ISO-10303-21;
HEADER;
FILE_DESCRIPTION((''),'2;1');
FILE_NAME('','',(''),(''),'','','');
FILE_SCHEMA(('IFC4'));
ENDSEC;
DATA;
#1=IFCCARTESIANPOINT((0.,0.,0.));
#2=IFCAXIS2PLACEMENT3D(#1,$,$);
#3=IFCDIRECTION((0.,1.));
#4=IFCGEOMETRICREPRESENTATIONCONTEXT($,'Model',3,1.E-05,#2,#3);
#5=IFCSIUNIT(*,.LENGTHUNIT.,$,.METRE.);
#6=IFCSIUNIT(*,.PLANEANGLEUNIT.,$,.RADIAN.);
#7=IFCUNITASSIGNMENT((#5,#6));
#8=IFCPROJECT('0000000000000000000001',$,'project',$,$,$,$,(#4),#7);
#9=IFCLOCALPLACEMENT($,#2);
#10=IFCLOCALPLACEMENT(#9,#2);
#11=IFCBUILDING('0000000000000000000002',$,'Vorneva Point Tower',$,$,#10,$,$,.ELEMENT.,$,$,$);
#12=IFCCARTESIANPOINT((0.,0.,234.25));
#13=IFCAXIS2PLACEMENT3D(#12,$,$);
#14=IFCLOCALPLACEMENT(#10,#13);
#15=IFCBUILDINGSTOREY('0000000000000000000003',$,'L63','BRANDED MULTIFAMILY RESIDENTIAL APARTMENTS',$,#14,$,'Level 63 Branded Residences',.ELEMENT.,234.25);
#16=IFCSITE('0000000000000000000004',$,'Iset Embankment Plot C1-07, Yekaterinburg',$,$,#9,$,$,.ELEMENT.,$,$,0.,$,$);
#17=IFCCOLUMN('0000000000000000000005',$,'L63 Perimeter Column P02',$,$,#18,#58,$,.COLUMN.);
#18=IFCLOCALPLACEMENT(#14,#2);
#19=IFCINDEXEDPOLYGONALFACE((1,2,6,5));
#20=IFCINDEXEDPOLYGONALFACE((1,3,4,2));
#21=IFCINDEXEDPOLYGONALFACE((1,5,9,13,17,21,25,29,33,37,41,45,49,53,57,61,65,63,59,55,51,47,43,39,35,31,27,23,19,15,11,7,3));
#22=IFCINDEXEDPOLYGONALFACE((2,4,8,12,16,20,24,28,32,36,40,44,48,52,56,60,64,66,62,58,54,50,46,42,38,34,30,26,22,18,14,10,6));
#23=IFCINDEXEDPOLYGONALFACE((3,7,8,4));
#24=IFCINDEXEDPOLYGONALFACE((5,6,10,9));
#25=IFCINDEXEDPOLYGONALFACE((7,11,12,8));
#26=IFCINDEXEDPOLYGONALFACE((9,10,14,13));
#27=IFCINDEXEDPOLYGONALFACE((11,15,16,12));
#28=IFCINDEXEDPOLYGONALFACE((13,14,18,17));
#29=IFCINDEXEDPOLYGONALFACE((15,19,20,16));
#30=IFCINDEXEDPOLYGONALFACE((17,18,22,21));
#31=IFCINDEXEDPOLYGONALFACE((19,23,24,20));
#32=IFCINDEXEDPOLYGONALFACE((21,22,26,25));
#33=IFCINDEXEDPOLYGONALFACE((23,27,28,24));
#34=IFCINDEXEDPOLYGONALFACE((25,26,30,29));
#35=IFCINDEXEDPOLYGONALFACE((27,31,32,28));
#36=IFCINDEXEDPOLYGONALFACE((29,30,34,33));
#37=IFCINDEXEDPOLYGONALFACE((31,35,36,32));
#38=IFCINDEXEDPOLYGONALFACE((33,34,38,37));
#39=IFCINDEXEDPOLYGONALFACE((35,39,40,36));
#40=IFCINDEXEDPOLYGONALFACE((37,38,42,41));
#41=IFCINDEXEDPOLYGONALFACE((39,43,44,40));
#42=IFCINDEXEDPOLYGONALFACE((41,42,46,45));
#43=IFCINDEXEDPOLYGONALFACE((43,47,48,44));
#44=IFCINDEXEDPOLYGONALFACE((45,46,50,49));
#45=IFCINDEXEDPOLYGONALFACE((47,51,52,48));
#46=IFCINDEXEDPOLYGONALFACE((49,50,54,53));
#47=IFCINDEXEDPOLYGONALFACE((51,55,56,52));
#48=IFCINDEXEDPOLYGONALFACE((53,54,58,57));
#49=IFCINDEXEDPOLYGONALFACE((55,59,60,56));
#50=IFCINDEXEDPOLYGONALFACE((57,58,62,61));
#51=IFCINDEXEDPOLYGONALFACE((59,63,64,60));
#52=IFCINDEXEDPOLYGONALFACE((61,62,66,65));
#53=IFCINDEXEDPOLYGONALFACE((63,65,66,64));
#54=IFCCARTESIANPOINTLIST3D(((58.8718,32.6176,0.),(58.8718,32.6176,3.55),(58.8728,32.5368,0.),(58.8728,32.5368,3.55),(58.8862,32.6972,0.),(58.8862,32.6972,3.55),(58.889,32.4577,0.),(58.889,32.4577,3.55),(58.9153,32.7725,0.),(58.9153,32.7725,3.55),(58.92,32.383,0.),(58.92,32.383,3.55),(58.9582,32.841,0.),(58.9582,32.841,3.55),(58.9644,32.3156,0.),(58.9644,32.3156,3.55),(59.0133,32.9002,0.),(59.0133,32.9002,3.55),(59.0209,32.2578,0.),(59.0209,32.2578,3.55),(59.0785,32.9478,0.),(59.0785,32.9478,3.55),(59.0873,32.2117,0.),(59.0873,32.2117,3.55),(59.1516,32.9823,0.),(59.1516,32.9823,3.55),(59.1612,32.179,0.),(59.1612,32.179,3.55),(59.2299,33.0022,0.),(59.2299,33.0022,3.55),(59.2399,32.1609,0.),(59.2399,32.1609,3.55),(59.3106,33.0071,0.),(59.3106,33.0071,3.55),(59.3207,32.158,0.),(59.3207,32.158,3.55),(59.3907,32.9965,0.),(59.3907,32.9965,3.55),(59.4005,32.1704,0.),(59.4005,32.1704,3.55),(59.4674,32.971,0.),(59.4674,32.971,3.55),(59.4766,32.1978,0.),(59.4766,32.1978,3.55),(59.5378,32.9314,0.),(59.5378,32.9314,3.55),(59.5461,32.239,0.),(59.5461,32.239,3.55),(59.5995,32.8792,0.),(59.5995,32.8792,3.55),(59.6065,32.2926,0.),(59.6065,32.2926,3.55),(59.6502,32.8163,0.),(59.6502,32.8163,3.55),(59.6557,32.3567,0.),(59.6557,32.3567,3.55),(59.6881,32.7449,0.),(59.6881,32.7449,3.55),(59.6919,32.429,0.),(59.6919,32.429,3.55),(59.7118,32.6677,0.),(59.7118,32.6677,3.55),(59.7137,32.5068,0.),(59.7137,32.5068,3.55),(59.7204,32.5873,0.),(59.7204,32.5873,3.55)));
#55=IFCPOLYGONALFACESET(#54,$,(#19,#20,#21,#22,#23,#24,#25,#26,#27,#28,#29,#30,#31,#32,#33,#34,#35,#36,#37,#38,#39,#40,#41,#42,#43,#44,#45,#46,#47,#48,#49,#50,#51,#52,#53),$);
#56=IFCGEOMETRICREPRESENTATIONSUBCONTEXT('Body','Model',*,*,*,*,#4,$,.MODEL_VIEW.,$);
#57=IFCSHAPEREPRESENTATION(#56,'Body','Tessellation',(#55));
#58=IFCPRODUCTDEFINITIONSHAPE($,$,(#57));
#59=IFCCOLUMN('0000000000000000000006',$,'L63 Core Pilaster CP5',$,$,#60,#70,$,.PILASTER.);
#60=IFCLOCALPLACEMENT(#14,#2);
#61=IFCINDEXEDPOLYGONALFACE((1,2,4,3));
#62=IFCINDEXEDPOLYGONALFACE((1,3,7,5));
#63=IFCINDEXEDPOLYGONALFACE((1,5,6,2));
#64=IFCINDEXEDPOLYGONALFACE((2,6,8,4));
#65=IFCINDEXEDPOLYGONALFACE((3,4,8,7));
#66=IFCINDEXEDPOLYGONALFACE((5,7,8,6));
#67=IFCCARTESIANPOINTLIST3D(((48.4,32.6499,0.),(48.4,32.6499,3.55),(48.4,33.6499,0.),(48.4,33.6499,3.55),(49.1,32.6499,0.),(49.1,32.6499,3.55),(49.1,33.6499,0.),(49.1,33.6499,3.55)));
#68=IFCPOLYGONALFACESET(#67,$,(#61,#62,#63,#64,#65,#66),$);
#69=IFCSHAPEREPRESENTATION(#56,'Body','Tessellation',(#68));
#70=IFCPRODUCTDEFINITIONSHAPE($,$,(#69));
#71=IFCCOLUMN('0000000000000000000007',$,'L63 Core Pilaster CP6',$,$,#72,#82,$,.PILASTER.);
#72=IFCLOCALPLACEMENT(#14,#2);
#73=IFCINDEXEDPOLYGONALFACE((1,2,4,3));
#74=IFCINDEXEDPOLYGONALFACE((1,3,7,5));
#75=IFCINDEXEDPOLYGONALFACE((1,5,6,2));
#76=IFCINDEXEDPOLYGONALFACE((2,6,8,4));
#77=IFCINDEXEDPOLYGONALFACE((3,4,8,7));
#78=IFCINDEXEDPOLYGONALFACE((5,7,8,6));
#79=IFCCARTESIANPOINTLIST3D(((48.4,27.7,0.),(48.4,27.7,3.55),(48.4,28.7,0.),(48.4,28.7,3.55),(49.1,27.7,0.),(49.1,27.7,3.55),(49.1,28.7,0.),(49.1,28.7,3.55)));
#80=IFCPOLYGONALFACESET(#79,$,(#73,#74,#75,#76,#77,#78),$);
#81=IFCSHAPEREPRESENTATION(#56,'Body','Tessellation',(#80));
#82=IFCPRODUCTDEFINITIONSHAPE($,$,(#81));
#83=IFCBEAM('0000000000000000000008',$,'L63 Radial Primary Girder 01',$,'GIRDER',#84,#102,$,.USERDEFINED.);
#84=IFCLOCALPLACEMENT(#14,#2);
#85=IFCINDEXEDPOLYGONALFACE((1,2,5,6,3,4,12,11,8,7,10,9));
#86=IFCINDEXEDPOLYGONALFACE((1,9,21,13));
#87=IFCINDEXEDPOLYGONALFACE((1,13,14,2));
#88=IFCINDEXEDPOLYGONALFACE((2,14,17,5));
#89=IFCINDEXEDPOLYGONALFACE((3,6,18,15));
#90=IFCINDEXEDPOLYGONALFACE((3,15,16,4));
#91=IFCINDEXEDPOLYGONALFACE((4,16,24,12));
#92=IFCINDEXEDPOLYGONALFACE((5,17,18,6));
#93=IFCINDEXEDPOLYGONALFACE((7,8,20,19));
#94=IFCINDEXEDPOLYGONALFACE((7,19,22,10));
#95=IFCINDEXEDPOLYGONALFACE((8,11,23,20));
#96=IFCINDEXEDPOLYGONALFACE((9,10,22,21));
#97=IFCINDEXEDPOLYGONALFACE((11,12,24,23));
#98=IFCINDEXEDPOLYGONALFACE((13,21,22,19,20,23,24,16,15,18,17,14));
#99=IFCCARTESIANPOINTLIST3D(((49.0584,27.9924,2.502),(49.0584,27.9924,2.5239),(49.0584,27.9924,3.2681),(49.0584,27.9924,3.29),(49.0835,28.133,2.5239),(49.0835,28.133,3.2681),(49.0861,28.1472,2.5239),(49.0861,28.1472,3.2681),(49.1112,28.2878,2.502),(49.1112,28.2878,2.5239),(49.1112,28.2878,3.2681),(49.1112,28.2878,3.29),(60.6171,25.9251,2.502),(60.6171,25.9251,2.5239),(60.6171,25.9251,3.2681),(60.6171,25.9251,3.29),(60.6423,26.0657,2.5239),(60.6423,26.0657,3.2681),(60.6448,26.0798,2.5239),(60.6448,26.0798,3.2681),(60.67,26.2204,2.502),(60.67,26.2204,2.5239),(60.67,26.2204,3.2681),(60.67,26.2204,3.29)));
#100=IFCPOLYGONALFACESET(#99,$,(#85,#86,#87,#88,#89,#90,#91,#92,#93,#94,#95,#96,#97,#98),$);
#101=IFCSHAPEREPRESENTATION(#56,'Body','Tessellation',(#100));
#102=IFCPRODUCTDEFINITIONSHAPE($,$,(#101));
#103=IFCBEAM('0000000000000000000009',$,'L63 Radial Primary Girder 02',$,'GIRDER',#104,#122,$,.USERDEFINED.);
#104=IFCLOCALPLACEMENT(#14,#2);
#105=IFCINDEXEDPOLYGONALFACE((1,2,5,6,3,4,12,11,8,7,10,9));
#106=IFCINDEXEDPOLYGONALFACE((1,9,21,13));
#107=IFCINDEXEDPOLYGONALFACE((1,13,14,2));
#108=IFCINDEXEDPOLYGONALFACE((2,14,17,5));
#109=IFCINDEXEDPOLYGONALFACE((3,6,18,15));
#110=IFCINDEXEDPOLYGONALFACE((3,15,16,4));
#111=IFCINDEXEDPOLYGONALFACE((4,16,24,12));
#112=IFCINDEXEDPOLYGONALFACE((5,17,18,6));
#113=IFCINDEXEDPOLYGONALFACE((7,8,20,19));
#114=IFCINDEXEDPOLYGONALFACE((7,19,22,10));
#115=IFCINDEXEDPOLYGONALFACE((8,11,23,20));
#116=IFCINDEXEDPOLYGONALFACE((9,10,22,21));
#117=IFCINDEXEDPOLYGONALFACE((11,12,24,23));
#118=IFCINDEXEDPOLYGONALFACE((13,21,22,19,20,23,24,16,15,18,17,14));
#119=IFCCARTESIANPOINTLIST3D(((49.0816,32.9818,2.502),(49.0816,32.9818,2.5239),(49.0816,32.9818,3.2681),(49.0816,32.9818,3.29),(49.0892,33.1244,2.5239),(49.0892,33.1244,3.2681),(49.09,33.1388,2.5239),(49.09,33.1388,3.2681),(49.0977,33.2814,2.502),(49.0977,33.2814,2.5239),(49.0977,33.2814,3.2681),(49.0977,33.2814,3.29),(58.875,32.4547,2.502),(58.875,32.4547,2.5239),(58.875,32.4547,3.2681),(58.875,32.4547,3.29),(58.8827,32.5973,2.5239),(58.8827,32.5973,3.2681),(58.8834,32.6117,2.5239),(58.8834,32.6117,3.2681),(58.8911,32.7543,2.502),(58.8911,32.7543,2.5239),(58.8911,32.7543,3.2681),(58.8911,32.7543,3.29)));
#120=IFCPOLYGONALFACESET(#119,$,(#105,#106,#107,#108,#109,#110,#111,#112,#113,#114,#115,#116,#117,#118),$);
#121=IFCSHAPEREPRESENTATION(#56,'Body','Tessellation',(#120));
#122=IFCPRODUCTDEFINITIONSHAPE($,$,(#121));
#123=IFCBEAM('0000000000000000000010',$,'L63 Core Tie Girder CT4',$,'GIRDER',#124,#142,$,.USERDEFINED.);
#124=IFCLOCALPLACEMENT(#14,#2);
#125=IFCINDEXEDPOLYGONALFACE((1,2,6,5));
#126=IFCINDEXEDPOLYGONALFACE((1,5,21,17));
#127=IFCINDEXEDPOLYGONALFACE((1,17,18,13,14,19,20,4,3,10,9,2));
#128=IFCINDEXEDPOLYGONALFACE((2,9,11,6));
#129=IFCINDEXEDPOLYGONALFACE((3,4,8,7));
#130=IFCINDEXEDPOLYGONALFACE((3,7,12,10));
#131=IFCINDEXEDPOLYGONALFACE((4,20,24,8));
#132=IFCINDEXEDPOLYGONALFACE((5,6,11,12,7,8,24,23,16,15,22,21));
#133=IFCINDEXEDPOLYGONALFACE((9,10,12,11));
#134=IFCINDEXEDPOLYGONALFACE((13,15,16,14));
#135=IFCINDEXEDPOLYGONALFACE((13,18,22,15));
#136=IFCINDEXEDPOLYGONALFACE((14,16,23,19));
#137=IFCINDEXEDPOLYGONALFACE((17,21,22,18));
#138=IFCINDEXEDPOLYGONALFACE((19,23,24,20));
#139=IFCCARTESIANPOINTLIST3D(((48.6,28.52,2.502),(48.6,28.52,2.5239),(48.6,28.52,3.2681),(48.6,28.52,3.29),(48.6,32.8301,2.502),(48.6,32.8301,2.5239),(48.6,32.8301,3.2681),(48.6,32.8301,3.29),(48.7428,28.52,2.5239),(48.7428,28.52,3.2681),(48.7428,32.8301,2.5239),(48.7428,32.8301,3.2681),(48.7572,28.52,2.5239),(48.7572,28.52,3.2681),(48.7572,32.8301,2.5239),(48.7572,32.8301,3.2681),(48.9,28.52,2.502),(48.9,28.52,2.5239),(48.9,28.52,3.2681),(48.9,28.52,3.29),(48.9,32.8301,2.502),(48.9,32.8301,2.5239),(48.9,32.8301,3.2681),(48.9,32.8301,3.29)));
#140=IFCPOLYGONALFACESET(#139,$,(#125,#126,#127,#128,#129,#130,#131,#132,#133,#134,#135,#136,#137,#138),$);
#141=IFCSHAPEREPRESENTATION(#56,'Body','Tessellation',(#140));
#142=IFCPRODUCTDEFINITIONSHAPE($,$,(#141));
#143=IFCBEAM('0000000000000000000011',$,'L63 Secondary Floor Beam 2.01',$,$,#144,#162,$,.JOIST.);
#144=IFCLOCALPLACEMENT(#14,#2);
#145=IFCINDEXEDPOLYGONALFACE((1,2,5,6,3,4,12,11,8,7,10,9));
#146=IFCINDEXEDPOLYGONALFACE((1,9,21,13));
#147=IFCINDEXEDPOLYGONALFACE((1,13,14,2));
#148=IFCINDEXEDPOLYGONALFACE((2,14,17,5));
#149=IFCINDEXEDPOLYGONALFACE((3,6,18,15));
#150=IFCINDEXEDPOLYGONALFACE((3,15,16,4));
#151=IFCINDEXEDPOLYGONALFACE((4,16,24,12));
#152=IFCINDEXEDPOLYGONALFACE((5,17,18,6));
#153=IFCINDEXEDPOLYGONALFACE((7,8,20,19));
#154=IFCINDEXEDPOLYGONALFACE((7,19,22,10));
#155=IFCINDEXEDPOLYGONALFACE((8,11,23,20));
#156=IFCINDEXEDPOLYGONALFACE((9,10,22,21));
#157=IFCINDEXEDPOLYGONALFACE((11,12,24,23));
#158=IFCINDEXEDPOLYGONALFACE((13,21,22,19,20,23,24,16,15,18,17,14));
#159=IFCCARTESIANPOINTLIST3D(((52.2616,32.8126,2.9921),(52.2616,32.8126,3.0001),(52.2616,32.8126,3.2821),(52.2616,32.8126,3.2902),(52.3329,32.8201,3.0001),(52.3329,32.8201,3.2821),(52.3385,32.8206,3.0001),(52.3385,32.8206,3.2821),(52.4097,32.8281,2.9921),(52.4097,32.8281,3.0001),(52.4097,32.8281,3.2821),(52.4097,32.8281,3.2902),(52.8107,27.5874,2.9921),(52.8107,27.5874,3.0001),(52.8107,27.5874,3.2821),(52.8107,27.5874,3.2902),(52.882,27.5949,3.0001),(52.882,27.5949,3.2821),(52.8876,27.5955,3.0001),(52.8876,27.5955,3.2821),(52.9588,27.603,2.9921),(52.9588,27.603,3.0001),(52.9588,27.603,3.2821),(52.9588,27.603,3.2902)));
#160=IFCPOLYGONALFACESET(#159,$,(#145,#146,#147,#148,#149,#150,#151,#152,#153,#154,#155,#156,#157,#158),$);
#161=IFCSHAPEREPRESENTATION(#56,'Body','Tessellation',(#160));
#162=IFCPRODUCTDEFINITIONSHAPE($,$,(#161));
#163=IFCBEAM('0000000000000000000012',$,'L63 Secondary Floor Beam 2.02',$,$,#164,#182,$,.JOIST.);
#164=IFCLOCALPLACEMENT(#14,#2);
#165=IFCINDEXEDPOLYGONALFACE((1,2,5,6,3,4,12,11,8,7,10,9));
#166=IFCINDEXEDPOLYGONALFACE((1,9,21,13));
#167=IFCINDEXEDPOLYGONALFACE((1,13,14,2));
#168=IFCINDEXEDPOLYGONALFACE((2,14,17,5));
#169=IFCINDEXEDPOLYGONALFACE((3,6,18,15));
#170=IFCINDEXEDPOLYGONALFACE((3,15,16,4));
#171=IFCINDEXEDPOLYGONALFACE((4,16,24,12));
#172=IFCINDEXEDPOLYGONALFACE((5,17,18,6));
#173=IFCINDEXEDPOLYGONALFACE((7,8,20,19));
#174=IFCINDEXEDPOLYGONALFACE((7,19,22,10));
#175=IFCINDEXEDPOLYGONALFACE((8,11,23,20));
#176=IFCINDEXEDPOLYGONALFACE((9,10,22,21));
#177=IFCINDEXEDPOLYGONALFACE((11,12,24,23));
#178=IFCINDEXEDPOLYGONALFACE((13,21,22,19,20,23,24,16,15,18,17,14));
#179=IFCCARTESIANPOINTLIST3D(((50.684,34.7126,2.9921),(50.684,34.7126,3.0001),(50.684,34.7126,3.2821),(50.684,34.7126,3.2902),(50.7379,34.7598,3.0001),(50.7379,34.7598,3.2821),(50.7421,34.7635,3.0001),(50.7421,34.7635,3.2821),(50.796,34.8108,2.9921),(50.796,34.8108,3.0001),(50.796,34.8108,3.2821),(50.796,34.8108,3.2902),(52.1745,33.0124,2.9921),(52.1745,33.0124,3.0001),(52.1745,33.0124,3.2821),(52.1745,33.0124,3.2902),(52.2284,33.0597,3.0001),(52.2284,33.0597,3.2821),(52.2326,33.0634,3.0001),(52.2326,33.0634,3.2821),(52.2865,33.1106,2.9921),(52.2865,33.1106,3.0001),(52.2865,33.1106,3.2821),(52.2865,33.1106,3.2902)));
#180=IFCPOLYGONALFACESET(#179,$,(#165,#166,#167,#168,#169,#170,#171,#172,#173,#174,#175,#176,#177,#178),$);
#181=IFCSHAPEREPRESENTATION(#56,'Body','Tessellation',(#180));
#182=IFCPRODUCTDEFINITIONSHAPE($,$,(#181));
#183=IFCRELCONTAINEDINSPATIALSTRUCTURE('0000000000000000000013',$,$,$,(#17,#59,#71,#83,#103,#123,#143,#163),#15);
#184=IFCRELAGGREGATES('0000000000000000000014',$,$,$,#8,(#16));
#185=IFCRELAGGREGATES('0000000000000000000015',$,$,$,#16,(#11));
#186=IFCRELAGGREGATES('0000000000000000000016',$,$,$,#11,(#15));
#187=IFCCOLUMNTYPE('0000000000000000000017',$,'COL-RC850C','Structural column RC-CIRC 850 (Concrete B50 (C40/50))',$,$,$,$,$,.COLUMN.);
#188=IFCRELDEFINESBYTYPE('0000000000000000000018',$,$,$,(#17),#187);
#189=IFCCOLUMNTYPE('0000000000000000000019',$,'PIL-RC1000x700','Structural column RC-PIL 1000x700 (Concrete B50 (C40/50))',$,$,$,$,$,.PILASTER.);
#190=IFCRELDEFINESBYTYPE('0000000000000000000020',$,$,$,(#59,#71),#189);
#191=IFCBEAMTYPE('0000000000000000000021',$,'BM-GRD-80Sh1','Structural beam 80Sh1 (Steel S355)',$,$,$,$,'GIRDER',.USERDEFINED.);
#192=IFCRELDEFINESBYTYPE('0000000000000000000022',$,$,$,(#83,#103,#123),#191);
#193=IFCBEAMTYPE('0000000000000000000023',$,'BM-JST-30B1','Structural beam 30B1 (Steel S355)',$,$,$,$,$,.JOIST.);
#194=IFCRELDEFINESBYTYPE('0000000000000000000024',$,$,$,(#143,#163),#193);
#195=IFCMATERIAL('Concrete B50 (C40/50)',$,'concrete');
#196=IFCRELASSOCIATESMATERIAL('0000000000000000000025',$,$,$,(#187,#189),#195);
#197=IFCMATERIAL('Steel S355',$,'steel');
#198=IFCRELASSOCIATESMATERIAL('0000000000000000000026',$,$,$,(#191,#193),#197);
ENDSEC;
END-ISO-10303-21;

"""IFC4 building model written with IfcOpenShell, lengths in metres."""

from ifc_helpers import new_model, si_unit, direction, frame, origin, origin_2d, place, context, subcontext, project, spatial, rectangle, circle, i_section, extrude, material, material_profile, profile_set, type_object, element, save


model = new_model("IFC4")

# Units and contexts
model_context = context("Model", 3, precision=1e-05, world=origin(), true_north=direction((0.0, 1.0)))
body_context = subcontext(model_context, "Body", "Model", "MODEL_VIEW")
ifc_project = project(units=[si_unit("LENGTHUNIT", "METRE"), si_unit("PLANEANGLEUNIT", "RADIAN")], contexts=[model_context])

# Site, building, storey
site_placement = place(None, origin())
site = spatial("IfcSite", under=ifc_project, at=site_placement, Name="Iset Embankment Plot C1-07, Yekaterinburg", CompositionType="ELEMENT", RefElevation=0.0)
building_placement = place(site_placement, origin())
building = spatial("IfcBuilding", under=site, at=building_placement, Name="Vorneva Point Tower", CompositionType="ELEMENT")
storey_placement = place(building_placement, frame((0.0, 0.0, 234.25)))
storey = spatial("IfcBuildingStorey", under=building, at=storey_placement, Name="L63", Description="BRANDED MULTIFAMILY RESIDENTIAL APARTMENTS", LongName="Level 63 Branded Residences", CompositionType="ELEMENT", Elevation=234.25)

# Columns
ifc_material_1 = material(Name="Concrete B50 (C40/50)", Category="concrete")
ifc_material_profile_1 = material_profile(ifc_material_1, circle(Radius=0.425, at=origin_2d()), Name="RC-CIRC 850")
ifc_profile_set_1 = profile_set([ifc_material_profile_1], Name="Concrete B50 (C40/50)")
column_type_1 = type_object("IfcColumnType", Name="COL-RC850C", Description="Structural column RC-CIRC 850 (Concrete B50 (C40/50))", PredefinedType="COLUMN", material=ifc_profile_set_1)
column_placement = place(storey_placement, frame((59.2954, 32.5823, 0.0), z_axis=(0.0, 0.0, 1.0), x_axis=(0.92388, 0.382683, 0.0)))
element("IfcColumn", 1, at=column_placement, inside=storey, type_object=column_type_1, Name="L63 Perimeter Column P02", PredefinedType="COLUMN", context=body_context, shape_type="SweptSolid", body=[
    extrude(circle(Radius=0.425, at=origin_2d()), origin(), (0.0, 0.0, 1.0), 3.55),
])
ifc_material_profile_2 = material_profile(ifc_material_1, rectangle(XDim=0.7, YDim=1.0, at=origin_2d()), Name="RC-PIL 1000x700")
ifc_profile_set_2 = profile_set([ifc_material_profile_2], Name="Concrete B50 (C40/50)")
column_type_2 = type_object("IfcColumnType", Name="PIL-RC1000x700", Description="Structural column RC-PIL 1000x700 (Concrete B50 (C40/50))", PredefinedType="PILASTER", material=ifc_profile_set_2)
for number, where, z_axis, x_axis, name in (
    (2, (48.75, 33.1499, 0.0), (0.0, 0.0, 1.0), (1.0, 0.0, 0.0), "L63 Core Pilaster CP5"),
    (3, (48.75, 28.2, 0.0), (0.0, 0.0, 1.0), (1.0, 0.0, 0.0), "L63 Core Pilaster CP6"),
):
    element("IfcColumn", number, at=place(storey_placement, frame(where, z_axis=z_axis, x_axis=x_axis)), inside=storey, type_object=column_type_2, Name=name, PredefinedType="PILASTER", context=body_context, shape_type="SweptSolid", body=[
        extrude(rectangle(XDim=0.7, YDim=1.0, at=origin_2d()), origin(), (0.0, 0.0, 1.0), 3.55),
    ])

# Beams
ifc_material_2 = material(Name="Steel S355", Category="steel")
ifc_material_profile_3 = material_profile(ifc_material_2, i_section(OverallWidth=0.3, OverallDepth=0.7881, WebThickness=0.0144, FlangeThickness=0.022, at=origin_2d()), Name="80Sh1")
ifc_profile_set_3 = profile_set([ifc_material_profile_3], Name="Steel S355")
beam_type_1 = type_object("IfcBeamType", Name="BM-GRD-80Sh1", Description="Structural beam 80Sh1 (Steel S355)", ElementType="GIRDER", PredefinedType="USERDEFINED", material=ifc_profile_set_3)
beam_1_placement = place(storey_placement, frame((60.6436, 26.0728, 2.896), z_axis=(-0.984379, 0.176063, 0.0), x_axis=(-0.176063, -0.984379, 0.0)))
element("IfcBeam", 4, at=beam_1_placement, inside=storey, type_object=beam_type_1, Name="L63 Radial Primary Girder 01", ObjectType="GIRDER", PredefinedType="USERDEFINED", context=body_context, shape_type="SweptSolid", body=[
    extrude(i_section(OverallWidth=0.3, OverallDepth=0.7881, WebThickness=0.0144, FlangeThickness=0.022, at=origin_2d()), origin(), (0.0, 0.0, 1.0), 11.7422),
])
beam_2_placement = place(storey_placement, frame((58.8831, 32.6045, 2.896), z_axis=(-0.998555, 0.053744, 0.0), x_axis=(-0.053744, -0.998555, 0.0)))
element("IfcBeam", 5, at=beam_2_placement, inside=storey, type_object=beam_type_1, Name="L63 Radial Primary Girder 02", ObjectType="GIRDER", PredefinedType="USERDEFINED", context=body_context, shape_type="SweptSolid", body=[
    extrude(i_section(OverallWidth=0.3, OverallDepth=0.7881, WebThickness=0.0144, FlangeThickness=0.022, at=origin_2d()), origin(), (0.0, 0.0, 1.0), 9.8076),
])
beam_3_placement = place(storey_placement, frame((48.75, 28.52, 2.896), z_axis=(0.0, 1.0, 0.0), x_axis=(-1.0, 0.0, 0.0)))
element("IfcBeam", 6, at=beam_3_placement, inside=storey, type_object=beam_type_1, Name="L63 Core Tie Girder CT4", ObjectType="GIRDER", PredefinedType="USERDEFINED", context=body_context, shape_type="SweptSolid", body=[
    extrude(i_section(OverallWidth=0.3, OverallDepth=0.7881, WebThickness=0.0144, FlangeThickness=0.022, at=origin_2d()), origin(), (0.0, 0.0, 1.0), 4.3101),
])
ifc_material_profile_4 = material_profile(ifc_material_2, i_section(OverallWidth=0.1489, OverallDepth=0.2981, WebThickness=0.0056, FlangeThickness=0.0081, at=origin_2d()), Name="30B1")
ifc_profile_set_4 = profile_set([ifc_material_profile_4], Name="Steel S355")
beam_type_2 = type_object("IfcBeamType", Name="BM-JST-30B1", Description="Structural beam 30B1 (Steel S355)", PredefinedType="JOIST", material=ifc_profile_set_4)
beam_4_placement = place(storey_placement, frame((52.8848, 27.5952, 3.1411), z_axis=(-0.104508, 0.994524, 0.0), x_axis=(-0.994524, -0.104508, 0.0)))
element("IfcBeam", 7, at=beam_4_placement, inside=storey, type_object=beam_type_2, Name="L63 Secondary Floor Beam 2.01", PredefinedType="JOIST", context=body_context, shape_type="SweptSolid", body=[
    extrude(i_section(OverallWidth=0.1489, OverallDepth=0.2981, WebThickness=0.0056, FlangeThickness=0.0081, at=origin_2d()), origin(), (0.0, 0.0, 1.0), 5.2539),
])
beam_5_placement = place(storey_placement, frame((52.2305, 33.0615, 3.1411), z_axis=(-0.659208, 0.751961, 0.0), x_axis=(-0.751961, -0.659208, 0.0)))
element("IfcBeam", 8, at=beam_5_placement, inside=storey, type_object=beam_type_2, Name="L63 Secondary Floor Beam 2.02", PredefinedType="JOIST", context=body_context, shape_type="SweptSolid", body=[
    extrude(i_section(OverallWidth=0.1489, OverallDepth=0.2981, WebThickness=0.0056, FlangeThickness=0.0081, at=origin_2d()), origin(), (0.0, 0.0, 1.0), 2.261),
])

save(model, "model.ifc")
